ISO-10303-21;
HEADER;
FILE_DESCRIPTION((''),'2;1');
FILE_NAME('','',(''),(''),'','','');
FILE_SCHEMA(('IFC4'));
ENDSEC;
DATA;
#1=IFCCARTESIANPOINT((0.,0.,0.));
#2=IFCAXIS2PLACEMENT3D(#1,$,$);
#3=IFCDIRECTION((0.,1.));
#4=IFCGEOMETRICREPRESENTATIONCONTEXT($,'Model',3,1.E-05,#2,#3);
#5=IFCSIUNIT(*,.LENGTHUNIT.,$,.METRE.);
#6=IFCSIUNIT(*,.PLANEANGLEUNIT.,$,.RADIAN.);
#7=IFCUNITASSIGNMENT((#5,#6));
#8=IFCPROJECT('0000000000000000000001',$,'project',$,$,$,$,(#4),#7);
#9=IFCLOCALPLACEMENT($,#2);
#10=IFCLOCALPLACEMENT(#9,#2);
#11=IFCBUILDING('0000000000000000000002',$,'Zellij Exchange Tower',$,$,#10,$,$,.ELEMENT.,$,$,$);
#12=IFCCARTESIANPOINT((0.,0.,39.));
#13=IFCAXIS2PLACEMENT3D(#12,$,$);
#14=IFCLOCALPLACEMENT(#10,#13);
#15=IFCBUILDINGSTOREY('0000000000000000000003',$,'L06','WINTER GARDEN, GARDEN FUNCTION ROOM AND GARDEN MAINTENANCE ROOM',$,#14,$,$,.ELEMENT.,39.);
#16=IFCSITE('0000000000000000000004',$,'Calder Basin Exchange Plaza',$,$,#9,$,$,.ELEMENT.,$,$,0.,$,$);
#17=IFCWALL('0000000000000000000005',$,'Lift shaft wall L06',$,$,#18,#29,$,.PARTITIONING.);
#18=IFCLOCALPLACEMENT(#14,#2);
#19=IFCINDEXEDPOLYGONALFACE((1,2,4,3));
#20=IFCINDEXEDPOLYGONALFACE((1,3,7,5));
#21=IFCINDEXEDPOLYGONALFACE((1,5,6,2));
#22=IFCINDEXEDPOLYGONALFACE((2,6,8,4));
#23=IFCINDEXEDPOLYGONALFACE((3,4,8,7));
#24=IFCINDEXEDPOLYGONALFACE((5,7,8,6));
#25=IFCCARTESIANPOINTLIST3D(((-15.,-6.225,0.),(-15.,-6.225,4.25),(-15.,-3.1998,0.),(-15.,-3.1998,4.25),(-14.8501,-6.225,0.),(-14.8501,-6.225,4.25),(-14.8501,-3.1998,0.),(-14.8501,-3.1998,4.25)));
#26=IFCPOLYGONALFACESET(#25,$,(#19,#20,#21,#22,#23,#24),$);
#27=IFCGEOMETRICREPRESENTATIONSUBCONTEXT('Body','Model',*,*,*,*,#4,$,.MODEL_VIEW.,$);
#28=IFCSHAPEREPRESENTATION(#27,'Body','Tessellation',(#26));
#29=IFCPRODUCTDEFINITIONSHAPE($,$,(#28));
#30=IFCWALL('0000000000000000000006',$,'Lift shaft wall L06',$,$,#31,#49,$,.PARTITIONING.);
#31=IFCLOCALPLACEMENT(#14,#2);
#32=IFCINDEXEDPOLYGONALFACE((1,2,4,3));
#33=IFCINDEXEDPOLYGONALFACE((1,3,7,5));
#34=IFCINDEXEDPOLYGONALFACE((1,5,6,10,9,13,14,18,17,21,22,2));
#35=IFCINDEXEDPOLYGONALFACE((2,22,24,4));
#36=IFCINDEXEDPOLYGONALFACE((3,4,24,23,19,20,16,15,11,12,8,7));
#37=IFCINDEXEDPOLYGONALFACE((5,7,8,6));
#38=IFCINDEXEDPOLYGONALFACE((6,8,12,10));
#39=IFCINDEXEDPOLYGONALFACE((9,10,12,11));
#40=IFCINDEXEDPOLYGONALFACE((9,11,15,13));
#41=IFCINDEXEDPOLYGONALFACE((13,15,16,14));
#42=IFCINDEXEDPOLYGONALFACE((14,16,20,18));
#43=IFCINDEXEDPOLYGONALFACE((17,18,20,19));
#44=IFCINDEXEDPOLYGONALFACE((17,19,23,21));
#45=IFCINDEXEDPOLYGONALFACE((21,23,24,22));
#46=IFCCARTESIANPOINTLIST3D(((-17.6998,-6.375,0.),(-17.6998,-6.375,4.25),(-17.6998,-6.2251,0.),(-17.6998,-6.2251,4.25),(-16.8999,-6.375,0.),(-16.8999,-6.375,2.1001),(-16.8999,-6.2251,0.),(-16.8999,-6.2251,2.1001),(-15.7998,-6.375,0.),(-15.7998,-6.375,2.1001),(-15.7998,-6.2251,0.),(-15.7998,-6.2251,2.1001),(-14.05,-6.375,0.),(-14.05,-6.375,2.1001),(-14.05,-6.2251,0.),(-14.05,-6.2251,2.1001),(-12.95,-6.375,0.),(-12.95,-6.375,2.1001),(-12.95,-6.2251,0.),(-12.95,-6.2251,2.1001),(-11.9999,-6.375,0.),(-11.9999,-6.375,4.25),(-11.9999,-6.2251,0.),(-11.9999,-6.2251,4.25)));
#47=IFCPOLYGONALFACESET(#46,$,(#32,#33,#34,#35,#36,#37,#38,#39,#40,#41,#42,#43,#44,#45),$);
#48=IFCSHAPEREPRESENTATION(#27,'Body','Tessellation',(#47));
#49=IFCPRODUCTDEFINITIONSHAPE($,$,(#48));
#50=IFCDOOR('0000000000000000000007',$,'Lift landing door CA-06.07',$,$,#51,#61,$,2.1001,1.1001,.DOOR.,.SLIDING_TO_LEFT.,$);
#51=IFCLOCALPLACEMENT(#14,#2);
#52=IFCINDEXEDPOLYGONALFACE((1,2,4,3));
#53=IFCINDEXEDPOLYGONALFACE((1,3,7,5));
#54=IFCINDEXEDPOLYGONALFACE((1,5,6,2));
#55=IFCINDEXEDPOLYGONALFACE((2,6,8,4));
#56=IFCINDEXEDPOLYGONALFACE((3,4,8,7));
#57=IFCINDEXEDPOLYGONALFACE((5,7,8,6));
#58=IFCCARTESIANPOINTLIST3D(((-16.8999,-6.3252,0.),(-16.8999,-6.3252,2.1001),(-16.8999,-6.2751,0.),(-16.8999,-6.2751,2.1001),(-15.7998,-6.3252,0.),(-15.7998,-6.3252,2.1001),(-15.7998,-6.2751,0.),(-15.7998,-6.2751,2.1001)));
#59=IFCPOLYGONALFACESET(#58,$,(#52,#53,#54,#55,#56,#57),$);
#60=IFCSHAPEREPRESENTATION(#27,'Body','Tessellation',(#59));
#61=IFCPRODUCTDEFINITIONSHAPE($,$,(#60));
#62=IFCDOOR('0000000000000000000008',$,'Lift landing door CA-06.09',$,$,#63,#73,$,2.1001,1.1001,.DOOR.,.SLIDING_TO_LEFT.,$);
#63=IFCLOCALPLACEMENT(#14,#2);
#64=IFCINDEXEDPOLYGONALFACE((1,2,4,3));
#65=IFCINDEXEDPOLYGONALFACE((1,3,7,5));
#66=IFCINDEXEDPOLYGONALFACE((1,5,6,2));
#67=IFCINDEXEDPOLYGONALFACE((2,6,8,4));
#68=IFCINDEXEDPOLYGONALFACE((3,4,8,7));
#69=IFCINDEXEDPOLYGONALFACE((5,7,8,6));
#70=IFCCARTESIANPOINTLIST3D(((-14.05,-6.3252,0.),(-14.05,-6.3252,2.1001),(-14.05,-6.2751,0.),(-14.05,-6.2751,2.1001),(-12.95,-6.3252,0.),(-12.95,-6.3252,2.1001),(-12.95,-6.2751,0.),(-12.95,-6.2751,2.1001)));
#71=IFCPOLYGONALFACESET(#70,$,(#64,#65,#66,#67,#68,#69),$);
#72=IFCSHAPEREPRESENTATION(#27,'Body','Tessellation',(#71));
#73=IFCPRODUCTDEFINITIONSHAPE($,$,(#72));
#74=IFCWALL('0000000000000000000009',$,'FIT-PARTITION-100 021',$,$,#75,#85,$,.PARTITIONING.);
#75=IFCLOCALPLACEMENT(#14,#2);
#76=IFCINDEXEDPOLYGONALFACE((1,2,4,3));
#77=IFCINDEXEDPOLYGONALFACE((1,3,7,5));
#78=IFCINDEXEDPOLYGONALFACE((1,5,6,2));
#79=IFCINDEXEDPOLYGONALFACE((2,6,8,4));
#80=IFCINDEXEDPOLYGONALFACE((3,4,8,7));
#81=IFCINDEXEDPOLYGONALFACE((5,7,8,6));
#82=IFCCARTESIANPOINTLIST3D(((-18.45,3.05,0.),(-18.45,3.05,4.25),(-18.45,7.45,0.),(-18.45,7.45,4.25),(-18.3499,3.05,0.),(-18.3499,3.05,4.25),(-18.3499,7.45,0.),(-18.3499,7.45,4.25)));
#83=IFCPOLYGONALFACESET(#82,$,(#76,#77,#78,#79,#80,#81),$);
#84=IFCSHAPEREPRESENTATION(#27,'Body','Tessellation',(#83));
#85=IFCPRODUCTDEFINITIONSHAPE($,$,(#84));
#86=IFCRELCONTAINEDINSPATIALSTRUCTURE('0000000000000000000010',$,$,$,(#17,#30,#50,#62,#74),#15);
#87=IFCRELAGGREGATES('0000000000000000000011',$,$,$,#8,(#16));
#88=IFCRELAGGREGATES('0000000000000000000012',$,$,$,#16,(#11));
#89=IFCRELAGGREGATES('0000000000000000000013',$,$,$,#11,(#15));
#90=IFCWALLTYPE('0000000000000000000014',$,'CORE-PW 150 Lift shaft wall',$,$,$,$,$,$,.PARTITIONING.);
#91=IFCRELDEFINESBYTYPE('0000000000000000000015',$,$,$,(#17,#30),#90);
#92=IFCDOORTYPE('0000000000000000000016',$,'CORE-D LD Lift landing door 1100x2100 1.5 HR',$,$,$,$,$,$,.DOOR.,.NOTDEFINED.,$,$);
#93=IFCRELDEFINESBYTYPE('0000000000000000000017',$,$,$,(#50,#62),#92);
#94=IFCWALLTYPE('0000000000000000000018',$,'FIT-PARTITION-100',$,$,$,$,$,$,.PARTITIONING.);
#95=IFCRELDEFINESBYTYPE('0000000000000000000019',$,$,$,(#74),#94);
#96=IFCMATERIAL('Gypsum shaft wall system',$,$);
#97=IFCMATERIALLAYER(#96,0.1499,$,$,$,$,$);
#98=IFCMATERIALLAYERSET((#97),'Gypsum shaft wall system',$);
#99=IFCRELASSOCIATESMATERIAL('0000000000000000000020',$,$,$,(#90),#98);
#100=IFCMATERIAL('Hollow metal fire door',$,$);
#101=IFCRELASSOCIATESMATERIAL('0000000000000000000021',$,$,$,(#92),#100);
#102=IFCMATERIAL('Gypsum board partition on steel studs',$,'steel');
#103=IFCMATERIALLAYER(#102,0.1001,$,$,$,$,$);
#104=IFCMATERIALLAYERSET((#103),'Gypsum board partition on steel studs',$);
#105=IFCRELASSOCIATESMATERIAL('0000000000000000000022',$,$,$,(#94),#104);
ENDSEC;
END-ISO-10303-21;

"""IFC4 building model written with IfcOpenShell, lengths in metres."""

from ifc_helpers import new_model, si_unit, direction, frame, frame_2d, origin, place, context, subcontext, project, spatial, rectangle, extrude, material, layer, layer_set, type_object, element, fill, save


model = new_model("IFC4")

# Units and contexts
model_context = context("Model", 3, precision=1e-05, world=origin(), true_north=direction((0.0, 1.0)))
body_context = subcontext(model_context, "Body", "Model", "MODEL_VIEW")
ifc_project = project(units=[si_unit("LENGTHUNIT", "METRE"), si_unit("PLANEANGLEUNIT", "RADIAN")], contexts=[model_context])

# Site, building, storey
site_placement = place(None, origin())
site = spatial("IfcSite", under=ifc_project, at=site_placement, Name="Calder Basin Exchange Plaza", CompositionType="ELEMENT", RefElevation=0.0)
building_placement = place(site_placement, origin())
building = spatial("IfcBuilding", under=site, at=building_placement, Name="Zellij Exchange Tower", CompositionType="ELEMENT")
storey_placement = place(building_placement, frame((0.0, 0.0, 39.0)))
storey = spatial("IfcBuildingStorey", under=building, at=storey_placement, Name="L06", Description="WINTER GARDEN, GARDEN FUNCTION ROOM AND GARDEN MAINTENANCE ROOM", CompositionType="ELEMENT", Elevation=39.0)

# Wall
ifc_material_1 = material(Name="Gypsum shaft wall system")
ifc_layer_1 = layer(ifc_material_1, 0.1499)
ifc_layer_set_1 = layer_set([ifc_layer_1], Name="Gypsum shaft wall system")
wall_type_1 = type_object("IfcWallType", Name="CORE-PW 150 Lift shaft wall", PredefinedType="PARTITIONING", material=ifc_layer_set_1)
for number, where, z_axis, x_axis, name in (
    (1, (-14.925, -6.2251, 0.0), (0.0, 0.0, 1.0), (0.0, 1.0, 0.0), "Lift shaft wall L06"),
):
    element("IfcWall", number, at=place(storey_placement, frame(where, z_axis=z_axis, x_axis=x_axis)), inside=storey, type_object=wall_type_1, Name=name, PredefinedType="PARTITIONING", context=body_context, shape_type="SweptSolid", body=[
        extrude(rectangle(XDim=3.0251, YDim=0.1499, at=frame_2d((1.5127, 0.0))), origin(), (0.0, 0.0, 1.0), 4.25),
    ])

# Wall, openings, doors
wall_1_placement = place(storey_placement, frame((-17.7, -6.3, 0.0), z_axis=(0.0, 0.0, 1.0), x_axis=(1.0, 0.0, 0.0)))
wall_1 = element("IfcWall", 2, at=wall_1_placement, inside=storey, type_object=wall_type_1, Name="Lift shaft wall L06", PredefinedType="PARTITIONING", context=body_context, shape_type="SweptSolid", body=[
    extrude(rectangle(XDim=5.7, YDim=0.1499, at=frame_2d((2.8501, 0.0))), origin(), (0.0, 0.0, 1.0), 4.25),
])
opening_1_placement = place(wall_1_placement, frame((0.8, 0.0, 0.0)))
opening_1 = element("IfcOpeningElement", 3, at=opening_1_placement, cuts=wall_1, PredefinedType="OPENING", context=body_context, shape_type="SweptSolid", body=[
    extrude(rectangle(XDim=1.1001, YDim=2.1001, at=frame_2d((0.55, 1.05))), frame((0.0, 0.0869, 0.0), z_axis=(0.0, -1.0, 0.0), x_axis=(1.0, 0.0, 0.0)), (0.0, 0.0, 1.0), 0.1738),
])
opening_2_placement = place(wall_1_placement, frame((3.6499, 0.0, 0.0)))
opening_2 = element("IfcOpeningElement", 4, at=opening_2_placement, cuts=wall_1, PredefinedType="OPENING", context=body_context, shape_type="SweptSolid", body=[
    extrude(rectangle(XDim=1.1001, YDim=2.1001, at=frame_2d((0.55, 1.05))), frame((0.0, 0.0869, 0.0), z_axis=(0.0, -1.0, 0.0), x_axis=(1.0, 0.0, 0.0)), (0.0, 0.0, 1.0), 0.1738),
])
ifc_material_2 = material(Name="Hollow metal fire door")
door_type = type_object("IfcDoorType", Name="CORE-D LD Lift landing door 1100x2100 1.5 HR", OperationType="NOTDEFINED", PredefinedType="DOOR", material=ifc_material_2)
door_1_placement = place(opening_1_placement, origin())
door_1 = element("IfcDoor", 5, at=door_1_placement, inside=storey, type_object=door_type, Name="Lift landing door CA-06.07", OperationType="SLIDING_TO_LEFT", OverallHeight=2.1001, OverallWidth=1.1001, PredefinedType="DOOR", context=body_context, shape_type="SweptSolid", body=[
    extrude(rectangle(XDim=1.1001, YDim=2.1001, at=frame_2d((0.55, 1.05))), frame((0.0, 0.0249, 0.0), z_axis=(0.0, -1.0, 0.0), x_axis=(1.0, 0.0, 0.0)), (0.0, 0.0, 1.0), 0.05),
])
fill(opening_1, door_1)
door_2_placement = place(opening_2_placement, origin())
door_2 = element("IfcDoor", 6, at=door_2_placement, inside=storey, type_object=door_type, Name="Lift landing door CA-06.09", OperationType="SLIDING_TO_LEFT", OverallHeight=2.1001, OverallWidth=1.1001, PredefinedType="DOOR", context=body_context, shape_type="SweptSolid", body=[
    extrude(rectangle(XDim=1.1001, YDim=2.1001, at=frame_2d((0.55, 1.05))), frame((0.0, 0.0249, 0.0), z_axis=(0.0, -1.0, 0.0), x_axis=(1.0, 0.0, 0.0)), (0.0, 0.0, 1.0), 0.05),
])
fill(opening_2, door_2)

# Wall
ifc_material_3 = material(Name="Gypsum board partition on steel studs", Category="steel")
ifc_layer_2 = layer(ifc_material_3, 0.1001)
ifc_layer_set_2 = layer_set([ifc_layer_2], Name="Gypsum board partition on steel studs")
wall_type_2 = type_object("IfcWallType", Name="FIT-PARTITION-100", PredefinedType="PARTITIONING", material=ifc_layer_set_2)
wall_2_placement = place(storey_placement, frame((-18.3999, 3.05, 0.0), z_axis=(0.0, 0.0, 1.0), x_axis=(0.0, 1.0, 0.0)))
element("IfcWall", 7, at=wall_2_placement, inside=storey, type_object=wall_type_2, Name="FIT-PARTITION-100 021", PredefinedType="PARTITIONING", context=body_context, shape_type="SweptSolid", body=[
    extrude(rectangle(XDim=4.3999, YDim=0.1001, at=frame_2d((2.2, 0.0))), origin(), (0.0, 0.0, 1.0), 4.25),
])

save(model, "model.ifc")
